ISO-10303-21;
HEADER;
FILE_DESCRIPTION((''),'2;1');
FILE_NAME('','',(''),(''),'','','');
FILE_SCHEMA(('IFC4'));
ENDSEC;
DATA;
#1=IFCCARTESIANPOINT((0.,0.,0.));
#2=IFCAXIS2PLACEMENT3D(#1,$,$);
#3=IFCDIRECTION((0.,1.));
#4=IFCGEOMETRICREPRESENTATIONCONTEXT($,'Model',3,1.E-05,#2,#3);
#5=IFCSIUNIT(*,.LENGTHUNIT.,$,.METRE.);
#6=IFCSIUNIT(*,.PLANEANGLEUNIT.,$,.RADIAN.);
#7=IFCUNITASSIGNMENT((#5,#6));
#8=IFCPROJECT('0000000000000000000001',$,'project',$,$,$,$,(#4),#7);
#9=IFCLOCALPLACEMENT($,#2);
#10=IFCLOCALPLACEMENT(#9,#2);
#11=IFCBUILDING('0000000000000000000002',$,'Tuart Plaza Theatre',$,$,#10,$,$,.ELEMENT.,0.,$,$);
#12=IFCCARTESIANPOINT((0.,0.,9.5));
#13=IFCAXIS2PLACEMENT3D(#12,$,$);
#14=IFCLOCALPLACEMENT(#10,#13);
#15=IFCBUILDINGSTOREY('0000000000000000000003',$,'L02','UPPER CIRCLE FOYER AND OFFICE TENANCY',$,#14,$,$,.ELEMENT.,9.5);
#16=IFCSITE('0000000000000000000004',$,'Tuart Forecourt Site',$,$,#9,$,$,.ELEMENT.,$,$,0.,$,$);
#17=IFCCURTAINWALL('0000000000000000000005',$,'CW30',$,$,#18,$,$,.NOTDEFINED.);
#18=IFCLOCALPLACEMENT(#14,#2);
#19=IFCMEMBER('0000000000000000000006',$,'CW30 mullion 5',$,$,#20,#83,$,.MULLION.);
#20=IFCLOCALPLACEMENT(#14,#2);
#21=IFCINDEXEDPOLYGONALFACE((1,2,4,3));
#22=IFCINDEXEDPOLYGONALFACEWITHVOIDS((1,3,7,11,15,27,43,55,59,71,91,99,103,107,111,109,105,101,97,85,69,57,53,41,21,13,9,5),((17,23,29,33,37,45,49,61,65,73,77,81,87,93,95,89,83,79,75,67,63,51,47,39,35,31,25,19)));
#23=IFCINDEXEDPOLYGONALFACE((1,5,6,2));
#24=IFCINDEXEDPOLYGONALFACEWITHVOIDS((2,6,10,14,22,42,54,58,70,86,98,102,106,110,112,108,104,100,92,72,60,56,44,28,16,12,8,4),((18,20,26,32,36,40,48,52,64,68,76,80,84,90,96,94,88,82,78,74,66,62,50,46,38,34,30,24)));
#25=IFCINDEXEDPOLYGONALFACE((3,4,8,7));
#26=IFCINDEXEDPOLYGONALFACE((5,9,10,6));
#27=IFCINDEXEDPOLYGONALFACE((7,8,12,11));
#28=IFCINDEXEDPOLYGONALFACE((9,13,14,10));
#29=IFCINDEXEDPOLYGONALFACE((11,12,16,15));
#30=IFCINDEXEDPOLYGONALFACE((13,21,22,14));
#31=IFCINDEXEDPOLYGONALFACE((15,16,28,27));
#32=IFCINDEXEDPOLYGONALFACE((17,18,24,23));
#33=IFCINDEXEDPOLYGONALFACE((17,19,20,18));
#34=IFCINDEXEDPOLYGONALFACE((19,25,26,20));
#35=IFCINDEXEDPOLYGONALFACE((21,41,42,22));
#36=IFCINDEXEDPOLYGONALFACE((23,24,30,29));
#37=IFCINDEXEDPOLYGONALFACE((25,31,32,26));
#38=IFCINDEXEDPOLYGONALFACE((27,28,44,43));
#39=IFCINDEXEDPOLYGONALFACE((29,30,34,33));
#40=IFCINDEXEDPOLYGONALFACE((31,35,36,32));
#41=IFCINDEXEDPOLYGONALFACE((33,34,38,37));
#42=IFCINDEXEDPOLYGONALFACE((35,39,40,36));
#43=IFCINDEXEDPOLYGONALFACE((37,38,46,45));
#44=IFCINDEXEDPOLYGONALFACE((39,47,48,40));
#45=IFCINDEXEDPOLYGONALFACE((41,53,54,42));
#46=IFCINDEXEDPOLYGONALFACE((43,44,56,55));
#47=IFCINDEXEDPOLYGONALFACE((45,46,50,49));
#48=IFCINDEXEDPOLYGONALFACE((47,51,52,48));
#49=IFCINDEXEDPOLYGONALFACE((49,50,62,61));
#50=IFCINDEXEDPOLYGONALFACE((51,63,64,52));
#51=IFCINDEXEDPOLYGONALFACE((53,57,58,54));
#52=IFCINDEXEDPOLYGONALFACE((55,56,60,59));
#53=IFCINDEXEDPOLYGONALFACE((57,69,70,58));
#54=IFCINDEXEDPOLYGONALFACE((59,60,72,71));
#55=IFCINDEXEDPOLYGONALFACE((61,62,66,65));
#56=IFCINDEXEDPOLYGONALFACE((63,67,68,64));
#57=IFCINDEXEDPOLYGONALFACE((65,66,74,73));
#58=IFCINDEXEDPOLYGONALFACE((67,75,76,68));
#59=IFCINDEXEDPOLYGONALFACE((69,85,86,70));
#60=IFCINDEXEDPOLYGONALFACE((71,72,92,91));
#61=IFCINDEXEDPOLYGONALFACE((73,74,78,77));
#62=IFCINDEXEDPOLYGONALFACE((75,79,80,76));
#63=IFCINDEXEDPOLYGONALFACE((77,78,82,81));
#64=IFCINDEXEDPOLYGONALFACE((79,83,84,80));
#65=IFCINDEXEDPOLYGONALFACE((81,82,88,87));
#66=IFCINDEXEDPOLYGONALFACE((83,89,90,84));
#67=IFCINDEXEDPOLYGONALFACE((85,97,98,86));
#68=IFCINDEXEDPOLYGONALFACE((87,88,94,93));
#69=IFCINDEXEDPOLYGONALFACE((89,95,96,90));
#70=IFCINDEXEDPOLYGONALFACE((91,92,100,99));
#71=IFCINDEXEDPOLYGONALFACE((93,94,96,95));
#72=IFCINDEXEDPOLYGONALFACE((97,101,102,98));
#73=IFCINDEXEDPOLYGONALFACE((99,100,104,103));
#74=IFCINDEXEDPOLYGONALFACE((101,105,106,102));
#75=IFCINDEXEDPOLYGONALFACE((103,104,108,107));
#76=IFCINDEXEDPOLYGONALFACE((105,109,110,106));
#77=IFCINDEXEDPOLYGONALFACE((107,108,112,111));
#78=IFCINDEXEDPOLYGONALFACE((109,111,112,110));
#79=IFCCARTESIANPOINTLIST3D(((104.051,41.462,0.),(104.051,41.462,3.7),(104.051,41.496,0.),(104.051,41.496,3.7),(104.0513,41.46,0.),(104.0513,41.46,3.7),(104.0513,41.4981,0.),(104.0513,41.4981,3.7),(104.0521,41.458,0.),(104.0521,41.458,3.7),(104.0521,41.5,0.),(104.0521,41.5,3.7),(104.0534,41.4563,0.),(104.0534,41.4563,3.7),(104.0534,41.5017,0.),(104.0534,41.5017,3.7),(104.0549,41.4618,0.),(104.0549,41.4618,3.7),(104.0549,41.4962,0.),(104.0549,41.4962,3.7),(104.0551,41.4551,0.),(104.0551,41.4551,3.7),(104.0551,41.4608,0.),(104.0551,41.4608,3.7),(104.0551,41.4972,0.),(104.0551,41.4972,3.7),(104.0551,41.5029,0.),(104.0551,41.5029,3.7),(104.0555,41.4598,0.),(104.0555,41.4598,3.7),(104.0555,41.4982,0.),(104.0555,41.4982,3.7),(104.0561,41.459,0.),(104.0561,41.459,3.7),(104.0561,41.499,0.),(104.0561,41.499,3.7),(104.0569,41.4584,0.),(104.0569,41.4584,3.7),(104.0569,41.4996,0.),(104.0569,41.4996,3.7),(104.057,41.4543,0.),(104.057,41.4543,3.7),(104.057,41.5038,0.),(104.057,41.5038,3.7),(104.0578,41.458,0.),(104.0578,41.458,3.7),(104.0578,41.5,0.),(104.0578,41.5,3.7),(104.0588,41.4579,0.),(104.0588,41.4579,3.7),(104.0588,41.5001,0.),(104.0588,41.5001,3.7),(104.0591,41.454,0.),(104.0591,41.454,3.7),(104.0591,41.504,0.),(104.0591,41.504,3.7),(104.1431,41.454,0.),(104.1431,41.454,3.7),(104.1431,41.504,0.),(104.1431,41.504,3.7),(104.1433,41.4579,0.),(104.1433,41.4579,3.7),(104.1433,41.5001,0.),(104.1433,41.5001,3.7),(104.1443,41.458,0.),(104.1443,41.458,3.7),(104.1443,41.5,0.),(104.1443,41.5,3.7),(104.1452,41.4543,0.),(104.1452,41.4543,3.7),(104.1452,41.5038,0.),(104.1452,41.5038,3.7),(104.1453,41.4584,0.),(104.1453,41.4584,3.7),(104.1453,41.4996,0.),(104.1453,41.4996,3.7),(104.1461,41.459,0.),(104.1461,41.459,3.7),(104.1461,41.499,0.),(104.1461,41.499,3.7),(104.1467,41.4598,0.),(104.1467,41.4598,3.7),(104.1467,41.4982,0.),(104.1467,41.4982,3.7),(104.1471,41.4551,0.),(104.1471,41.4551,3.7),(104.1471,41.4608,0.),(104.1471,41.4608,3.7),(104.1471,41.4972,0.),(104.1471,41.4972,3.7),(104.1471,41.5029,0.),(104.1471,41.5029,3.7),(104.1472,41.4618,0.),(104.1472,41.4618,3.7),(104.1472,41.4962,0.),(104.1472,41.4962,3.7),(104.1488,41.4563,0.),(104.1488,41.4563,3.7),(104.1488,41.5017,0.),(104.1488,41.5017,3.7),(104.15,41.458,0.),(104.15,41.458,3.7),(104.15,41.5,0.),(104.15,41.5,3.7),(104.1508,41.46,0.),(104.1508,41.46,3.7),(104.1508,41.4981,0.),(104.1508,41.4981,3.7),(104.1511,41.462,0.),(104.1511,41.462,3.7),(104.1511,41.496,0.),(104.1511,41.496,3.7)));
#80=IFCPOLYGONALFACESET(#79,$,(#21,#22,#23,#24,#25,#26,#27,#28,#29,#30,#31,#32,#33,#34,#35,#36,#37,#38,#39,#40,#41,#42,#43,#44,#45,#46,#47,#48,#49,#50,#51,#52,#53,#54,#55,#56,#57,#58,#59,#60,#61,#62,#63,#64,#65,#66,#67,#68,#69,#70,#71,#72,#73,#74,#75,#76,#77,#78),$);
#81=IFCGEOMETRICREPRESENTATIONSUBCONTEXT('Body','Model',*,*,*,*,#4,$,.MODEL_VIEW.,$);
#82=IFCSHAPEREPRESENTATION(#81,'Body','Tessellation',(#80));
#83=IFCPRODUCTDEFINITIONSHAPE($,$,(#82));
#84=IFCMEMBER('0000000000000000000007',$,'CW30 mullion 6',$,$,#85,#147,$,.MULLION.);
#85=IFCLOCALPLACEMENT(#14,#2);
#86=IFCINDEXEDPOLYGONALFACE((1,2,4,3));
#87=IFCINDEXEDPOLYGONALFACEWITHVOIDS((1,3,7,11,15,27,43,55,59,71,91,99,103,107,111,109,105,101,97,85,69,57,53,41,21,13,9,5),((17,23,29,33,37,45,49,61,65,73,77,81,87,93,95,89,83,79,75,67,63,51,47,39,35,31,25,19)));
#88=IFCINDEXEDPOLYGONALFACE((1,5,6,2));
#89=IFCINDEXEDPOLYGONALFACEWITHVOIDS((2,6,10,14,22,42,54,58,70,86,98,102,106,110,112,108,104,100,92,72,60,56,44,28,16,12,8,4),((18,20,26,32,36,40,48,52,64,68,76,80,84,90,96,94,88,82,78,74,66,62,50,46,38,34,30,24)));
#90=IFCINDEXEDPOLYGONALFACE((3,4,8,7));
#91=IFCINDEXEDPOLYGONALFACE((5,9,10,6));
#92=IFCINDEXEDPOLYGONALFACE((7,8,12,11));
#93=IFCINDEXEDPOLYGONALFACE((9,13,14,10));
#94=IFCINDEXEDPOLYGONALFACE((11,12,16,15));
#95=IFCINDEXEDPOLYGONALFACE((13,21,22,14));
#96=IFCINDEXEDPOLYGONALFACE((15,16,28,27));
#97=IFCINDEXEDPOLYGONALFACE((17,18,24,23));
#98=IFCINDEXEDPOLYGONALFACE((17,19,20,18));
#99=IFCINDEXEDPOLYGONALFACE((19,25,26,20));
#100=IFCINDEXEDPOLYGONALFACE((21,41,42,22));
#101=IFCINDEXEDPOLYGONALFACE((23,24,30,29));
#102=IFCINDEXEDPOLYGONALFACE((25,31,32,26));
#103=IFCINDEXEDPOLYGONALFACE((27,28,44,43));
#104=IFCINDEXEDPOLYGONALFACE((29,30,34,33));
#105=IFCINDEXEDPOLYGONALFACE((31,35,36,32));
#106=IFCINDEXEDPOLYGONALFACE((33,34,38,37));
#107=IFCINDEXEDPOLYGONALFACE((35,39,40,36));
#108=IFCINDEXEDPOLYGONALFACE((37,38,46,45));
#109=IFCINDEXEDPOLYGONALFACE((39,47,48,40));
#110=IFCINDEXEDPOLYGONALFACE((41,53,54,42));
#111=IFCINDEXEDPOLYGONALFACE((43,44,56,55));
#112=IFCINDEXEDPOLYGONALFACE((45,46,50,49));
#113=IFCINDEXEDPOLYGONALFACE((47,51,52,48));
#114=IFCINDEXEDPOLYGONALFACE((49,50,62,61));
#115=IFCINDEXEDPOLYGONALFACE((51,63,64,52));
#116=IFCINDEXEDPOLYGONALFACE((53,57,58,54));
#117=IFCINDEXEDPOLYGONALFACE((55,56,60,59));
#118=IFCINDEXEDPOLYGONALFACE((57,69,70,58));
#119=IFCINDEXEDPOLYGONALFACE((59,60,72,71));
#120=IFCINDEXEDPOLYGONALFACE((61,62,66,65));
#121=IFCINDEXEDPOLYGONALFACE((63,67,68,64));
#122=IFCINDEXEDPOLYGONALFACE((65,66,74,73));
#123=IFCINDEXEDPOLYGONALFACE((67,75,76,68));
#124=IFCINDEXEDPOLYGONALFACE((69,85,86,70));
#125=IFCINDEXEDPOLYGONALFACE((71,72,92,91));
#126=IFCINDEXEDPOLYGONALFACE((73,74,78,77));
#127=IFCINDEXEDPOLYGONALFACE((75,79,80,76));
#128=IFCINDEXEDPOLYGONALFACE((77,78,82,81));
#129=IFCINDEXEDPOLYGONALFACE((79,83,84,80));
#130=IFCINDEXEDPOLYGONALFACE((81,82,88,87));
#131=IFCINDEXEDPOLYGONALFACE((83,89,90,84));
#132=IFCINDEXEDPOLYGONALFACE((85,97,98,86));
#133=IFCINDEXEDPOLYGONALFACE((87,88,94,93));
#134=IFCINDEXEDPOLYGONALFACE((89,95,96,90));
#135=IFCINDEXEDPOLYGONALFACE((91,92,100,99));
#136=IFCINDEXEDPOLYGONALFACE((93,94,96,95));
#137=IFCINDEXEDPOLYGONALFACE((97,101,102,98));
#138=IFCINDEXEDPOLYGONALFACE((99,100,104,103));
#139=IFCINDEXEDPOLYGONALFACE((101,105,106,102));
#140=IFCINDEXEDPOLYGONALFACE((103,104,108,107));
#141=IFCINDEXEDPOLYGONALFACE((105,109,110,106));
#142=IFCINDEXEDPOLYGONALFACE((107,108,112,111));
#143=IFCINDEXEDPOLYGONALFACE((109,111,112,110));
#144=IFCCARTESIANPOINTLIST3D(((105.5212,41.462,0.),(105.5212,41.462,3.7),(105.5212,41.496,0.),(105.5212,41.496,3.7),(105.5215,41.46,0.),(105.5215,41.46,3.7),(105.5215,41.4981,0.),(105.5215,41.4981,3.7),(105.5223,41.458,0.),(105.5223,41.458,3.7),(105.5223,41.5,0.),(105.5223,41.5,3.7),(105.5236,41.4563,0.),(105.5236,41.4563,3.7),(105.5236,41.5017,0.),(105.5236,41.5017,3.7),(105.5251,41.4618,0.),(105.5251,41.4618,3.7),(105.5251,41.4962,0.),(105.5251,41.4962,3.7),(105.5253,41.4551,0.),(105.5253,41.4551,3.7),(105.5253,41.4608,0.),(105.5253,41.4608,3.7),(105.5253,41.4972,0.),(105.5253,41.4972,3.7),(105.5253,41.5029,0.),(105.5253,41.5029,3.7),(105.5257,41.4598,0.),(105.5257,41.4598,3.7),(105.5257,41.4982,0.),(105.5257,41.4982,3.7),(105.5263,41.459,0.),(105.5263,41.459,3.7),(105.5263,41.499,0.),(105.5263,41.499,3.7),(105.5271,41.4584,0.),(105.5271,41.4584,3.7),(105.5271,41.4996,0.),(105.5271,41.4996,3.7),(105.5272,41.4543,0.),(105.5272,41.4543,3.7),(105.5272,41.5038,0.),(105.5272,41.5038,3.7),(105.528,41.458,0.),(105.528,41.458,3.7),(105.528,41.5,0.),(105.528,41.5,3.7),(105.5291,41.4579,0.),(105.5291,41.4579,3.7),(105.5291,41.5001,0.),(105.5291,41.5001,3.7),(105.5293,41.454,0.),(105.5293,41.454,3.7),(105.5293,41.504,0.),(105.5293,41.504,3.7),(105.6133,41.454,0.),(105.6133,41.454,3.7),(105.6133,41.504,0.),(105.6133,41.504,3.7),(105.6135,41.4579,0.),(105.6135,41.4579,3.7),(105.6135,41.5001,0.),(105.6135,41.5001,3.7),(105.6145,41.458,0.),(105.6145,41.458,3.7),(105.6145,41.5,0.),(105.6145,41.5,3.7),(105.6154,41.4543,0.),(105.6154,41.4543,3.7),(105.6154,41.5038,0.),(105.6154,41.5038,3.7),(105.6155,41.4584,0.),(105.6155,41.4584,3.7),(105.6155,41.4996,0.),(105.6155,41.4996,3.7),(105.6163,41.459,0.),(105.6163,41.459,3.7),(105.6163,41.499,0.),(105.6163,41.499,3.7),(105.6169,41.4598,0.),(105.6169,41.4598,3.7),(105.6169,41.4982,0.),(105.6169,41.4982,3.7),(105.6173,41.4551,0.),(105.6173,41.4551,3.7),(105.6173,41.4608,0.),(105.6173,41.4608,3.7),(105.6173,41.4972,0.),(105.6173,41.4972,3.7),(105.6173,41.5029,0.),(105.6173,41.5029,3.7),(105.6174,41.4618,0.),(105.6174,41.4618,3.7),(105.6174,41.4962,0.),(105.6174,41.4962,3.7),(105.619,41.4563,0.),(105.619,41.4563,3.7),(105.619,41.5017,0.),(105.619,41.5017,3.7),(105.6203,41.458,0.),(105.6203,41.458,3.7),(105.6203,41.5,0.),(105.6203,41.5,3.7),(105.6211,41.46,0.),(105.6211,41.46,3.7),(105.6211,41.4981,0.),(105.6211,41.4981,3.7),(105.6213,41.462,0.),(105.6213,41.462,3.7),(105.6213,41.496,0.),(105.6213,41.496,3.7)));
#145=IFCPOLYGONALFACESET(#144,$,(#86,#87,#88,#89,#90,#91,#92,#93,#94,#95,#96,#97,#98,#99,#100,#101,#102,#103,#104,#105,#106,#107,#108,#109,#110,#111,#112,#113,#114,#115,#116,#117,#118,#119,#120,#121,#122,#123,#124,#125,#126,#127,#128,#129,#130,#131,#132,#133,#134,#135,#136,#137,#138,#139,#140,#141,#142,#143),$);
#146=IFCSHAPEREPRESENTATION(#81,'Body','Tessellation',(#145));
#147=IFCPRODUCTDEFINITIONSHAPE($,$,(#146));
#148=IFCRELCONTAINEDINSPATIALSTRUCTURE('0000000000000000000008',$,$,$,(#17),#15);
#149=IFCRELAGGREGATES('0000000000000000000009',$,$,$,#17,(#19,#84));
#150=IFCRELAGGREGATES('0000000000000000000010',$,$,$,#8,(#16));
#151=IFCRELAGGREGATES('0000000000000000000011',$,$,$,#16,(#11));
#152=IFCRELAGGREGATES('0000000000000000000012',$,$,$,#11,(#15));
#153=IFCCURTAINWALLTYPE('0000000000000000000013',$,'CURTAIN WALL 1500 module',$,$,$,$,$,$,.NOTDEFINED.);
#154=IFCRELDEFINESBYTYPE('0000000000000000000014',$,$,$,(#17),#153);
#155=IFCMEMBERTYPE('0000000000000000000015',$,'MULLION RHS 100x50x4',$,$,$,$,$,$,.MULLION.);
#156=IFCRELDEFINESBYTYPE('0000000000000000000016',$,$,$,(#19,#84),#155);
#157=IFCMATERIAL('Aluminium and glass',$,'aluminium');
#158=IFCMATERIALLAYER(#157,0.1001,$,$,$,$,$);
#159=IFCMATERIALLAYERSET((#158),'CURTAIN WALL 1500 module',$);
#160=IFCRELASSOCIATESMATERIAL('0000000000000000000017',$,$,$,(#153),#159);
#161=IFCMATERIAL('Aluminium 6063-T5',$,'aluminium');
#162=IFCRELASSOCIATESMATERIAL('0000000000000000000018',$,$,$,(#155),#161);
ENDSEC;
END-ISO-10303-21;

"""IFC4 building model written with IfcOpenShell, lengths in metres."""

from ifc_helpers import new_model, si_unit, direction, frame, origin, origin_2d, place, context, subcontext, project, spatial, hollow_rectangle, extrude, material, layer, layer_set, material_profile, profile_set, type_object, element, aggregate, save


model = new_model("IFC4")

# Units and contexts
model_context = context("Model", 3, precision=1e-05, world=origin(), true_north=direction((0.0, 1.0)))
body_context = subcontext(model_context, "Body", "Model", "MODEL_VIEW")
ifc_project = project(units=[si_unit("LENGTHUNIT", "METRE"), si_unit("PLANEANGLEUNIT", "RADIAN")], contexts=[model_context])

# Site, building, storey
site_placement = place(None, origin())
site = spatial("IfcSite", under=ifc_project, at=site_placement, Name="Tuart Forecourt Site", CompositionType="ELEMENT", RefElevation=0.0)
building_placement = place(site_placement, origin())
building = spatial("IfcBuilding", under=site, at=building_placement, Name="Tuart Plaza Theatre", CompositionType="ELEMENT", ElevationOfRefHeight=0.0)
storey_placement = place(building_placement, frame((0.0, 0.0, 9.5)))
storey = spatial("IfcBuildingStorey", under=building, at=storey_placement, Name="L02", Description="UPPER CIRCLE FOYER AND OFFICE TENANCY", CompositionType="ELEMENT", Elevation=9.5)

# Curtain wall, members
ifc_material_1 = material(Name="Aluminium and glass", Category="aluminium")
ifc_layer_1 = layer(ifc_material_1, 0.1001)
ifc_layer_set_1 = layer_set([ifc_layer_1], Name="CURTAIN WALL 1500 module")
curtain_wall_type = type_object("IfcCurtainWallType", Name="CURTAIN WALL 1500 module", PredefinedType="NOTDEFINED", material=ifc_layer_set_1)
curtain_wall_1_placement = place(storey_placement, origin())
curtain_wall_1 = element("IfcCurtainWall", 1, at=curtain_wall_1_placement, inside=storey, type_object=curtain_wall_type, Name="CW30", PredefinedType="NOTDEFINED")
ifc_material_2 = material(Name="Aluminium 6063-T5", Category="aluminium")
ifc_material_profile_1 = material_profile(ifc_material_2, hollow_rectangle(XDim=0.05, YDim=0.1001, WallThickness=0.0039, InnerFilletRadius=0.0039, OuterFilletRadius=0.0081, at=origin_2d()), Name="RHS 100x50x4")
ifc_profile_set_1 = profile_set([ifc_material_profile_1], Name="Aluminium 6063-T5")
member_type_1 = type_object("IfcMemberType", Name="MULLION RHS 100x50x4", PredefinedType="MULLION", material=ifc_profile_set_1)
member_1_placement = place(storey_placement, frame((104.1011, 41.479, 0.0), z_axis=(0.0, 0.0, 1.0), x_axis=(0.0, 1.0, 0.0)))
member_1 = element("IfcMember", 2, at=member_1_placement, type_object=member_type_1, Name="CW30 mullion 5", PredefinedType="MULLION", context=body_context, shape_type="SweptSolid", body=[
    extrude(hollow_rectangle(XDim=0.05, YDim=0.1001, WallThickness=0.0039, InnerFilletRadius=0.0039, OuterFilletRadius=0.0081, at=origin_2d()), origin(), (0.0, 0.0, 1.0), 3.7),
])
member_2_placement = place(storey_placement, frame((105.5713, 41.479, 0.0), z_axis=(0.0, 0.0, 1.0), x_axis=(0.0, 1.0, 0.0)))
member_2 = element("IfcMember", 3, at=member_2_placement, type_object=member_type_1, Name="CW30 mullion 6", PredefinedType="MULLION", context=body_context, shape_type="SweptSolid", body=[
    extrude(hollow_rectangle(XDim=0.05, YDim=0.1001, WallThickness=0.0039, InnerFilletRadius=0.0039, OuterFilletRadius=0.0081, at=origin_2d()), origin(), (0.0, 0.0, 1.0), 3.7),
])

aggregate(curtain_wall_1, [member_1, member_2])

save(model, "model.ifc")
